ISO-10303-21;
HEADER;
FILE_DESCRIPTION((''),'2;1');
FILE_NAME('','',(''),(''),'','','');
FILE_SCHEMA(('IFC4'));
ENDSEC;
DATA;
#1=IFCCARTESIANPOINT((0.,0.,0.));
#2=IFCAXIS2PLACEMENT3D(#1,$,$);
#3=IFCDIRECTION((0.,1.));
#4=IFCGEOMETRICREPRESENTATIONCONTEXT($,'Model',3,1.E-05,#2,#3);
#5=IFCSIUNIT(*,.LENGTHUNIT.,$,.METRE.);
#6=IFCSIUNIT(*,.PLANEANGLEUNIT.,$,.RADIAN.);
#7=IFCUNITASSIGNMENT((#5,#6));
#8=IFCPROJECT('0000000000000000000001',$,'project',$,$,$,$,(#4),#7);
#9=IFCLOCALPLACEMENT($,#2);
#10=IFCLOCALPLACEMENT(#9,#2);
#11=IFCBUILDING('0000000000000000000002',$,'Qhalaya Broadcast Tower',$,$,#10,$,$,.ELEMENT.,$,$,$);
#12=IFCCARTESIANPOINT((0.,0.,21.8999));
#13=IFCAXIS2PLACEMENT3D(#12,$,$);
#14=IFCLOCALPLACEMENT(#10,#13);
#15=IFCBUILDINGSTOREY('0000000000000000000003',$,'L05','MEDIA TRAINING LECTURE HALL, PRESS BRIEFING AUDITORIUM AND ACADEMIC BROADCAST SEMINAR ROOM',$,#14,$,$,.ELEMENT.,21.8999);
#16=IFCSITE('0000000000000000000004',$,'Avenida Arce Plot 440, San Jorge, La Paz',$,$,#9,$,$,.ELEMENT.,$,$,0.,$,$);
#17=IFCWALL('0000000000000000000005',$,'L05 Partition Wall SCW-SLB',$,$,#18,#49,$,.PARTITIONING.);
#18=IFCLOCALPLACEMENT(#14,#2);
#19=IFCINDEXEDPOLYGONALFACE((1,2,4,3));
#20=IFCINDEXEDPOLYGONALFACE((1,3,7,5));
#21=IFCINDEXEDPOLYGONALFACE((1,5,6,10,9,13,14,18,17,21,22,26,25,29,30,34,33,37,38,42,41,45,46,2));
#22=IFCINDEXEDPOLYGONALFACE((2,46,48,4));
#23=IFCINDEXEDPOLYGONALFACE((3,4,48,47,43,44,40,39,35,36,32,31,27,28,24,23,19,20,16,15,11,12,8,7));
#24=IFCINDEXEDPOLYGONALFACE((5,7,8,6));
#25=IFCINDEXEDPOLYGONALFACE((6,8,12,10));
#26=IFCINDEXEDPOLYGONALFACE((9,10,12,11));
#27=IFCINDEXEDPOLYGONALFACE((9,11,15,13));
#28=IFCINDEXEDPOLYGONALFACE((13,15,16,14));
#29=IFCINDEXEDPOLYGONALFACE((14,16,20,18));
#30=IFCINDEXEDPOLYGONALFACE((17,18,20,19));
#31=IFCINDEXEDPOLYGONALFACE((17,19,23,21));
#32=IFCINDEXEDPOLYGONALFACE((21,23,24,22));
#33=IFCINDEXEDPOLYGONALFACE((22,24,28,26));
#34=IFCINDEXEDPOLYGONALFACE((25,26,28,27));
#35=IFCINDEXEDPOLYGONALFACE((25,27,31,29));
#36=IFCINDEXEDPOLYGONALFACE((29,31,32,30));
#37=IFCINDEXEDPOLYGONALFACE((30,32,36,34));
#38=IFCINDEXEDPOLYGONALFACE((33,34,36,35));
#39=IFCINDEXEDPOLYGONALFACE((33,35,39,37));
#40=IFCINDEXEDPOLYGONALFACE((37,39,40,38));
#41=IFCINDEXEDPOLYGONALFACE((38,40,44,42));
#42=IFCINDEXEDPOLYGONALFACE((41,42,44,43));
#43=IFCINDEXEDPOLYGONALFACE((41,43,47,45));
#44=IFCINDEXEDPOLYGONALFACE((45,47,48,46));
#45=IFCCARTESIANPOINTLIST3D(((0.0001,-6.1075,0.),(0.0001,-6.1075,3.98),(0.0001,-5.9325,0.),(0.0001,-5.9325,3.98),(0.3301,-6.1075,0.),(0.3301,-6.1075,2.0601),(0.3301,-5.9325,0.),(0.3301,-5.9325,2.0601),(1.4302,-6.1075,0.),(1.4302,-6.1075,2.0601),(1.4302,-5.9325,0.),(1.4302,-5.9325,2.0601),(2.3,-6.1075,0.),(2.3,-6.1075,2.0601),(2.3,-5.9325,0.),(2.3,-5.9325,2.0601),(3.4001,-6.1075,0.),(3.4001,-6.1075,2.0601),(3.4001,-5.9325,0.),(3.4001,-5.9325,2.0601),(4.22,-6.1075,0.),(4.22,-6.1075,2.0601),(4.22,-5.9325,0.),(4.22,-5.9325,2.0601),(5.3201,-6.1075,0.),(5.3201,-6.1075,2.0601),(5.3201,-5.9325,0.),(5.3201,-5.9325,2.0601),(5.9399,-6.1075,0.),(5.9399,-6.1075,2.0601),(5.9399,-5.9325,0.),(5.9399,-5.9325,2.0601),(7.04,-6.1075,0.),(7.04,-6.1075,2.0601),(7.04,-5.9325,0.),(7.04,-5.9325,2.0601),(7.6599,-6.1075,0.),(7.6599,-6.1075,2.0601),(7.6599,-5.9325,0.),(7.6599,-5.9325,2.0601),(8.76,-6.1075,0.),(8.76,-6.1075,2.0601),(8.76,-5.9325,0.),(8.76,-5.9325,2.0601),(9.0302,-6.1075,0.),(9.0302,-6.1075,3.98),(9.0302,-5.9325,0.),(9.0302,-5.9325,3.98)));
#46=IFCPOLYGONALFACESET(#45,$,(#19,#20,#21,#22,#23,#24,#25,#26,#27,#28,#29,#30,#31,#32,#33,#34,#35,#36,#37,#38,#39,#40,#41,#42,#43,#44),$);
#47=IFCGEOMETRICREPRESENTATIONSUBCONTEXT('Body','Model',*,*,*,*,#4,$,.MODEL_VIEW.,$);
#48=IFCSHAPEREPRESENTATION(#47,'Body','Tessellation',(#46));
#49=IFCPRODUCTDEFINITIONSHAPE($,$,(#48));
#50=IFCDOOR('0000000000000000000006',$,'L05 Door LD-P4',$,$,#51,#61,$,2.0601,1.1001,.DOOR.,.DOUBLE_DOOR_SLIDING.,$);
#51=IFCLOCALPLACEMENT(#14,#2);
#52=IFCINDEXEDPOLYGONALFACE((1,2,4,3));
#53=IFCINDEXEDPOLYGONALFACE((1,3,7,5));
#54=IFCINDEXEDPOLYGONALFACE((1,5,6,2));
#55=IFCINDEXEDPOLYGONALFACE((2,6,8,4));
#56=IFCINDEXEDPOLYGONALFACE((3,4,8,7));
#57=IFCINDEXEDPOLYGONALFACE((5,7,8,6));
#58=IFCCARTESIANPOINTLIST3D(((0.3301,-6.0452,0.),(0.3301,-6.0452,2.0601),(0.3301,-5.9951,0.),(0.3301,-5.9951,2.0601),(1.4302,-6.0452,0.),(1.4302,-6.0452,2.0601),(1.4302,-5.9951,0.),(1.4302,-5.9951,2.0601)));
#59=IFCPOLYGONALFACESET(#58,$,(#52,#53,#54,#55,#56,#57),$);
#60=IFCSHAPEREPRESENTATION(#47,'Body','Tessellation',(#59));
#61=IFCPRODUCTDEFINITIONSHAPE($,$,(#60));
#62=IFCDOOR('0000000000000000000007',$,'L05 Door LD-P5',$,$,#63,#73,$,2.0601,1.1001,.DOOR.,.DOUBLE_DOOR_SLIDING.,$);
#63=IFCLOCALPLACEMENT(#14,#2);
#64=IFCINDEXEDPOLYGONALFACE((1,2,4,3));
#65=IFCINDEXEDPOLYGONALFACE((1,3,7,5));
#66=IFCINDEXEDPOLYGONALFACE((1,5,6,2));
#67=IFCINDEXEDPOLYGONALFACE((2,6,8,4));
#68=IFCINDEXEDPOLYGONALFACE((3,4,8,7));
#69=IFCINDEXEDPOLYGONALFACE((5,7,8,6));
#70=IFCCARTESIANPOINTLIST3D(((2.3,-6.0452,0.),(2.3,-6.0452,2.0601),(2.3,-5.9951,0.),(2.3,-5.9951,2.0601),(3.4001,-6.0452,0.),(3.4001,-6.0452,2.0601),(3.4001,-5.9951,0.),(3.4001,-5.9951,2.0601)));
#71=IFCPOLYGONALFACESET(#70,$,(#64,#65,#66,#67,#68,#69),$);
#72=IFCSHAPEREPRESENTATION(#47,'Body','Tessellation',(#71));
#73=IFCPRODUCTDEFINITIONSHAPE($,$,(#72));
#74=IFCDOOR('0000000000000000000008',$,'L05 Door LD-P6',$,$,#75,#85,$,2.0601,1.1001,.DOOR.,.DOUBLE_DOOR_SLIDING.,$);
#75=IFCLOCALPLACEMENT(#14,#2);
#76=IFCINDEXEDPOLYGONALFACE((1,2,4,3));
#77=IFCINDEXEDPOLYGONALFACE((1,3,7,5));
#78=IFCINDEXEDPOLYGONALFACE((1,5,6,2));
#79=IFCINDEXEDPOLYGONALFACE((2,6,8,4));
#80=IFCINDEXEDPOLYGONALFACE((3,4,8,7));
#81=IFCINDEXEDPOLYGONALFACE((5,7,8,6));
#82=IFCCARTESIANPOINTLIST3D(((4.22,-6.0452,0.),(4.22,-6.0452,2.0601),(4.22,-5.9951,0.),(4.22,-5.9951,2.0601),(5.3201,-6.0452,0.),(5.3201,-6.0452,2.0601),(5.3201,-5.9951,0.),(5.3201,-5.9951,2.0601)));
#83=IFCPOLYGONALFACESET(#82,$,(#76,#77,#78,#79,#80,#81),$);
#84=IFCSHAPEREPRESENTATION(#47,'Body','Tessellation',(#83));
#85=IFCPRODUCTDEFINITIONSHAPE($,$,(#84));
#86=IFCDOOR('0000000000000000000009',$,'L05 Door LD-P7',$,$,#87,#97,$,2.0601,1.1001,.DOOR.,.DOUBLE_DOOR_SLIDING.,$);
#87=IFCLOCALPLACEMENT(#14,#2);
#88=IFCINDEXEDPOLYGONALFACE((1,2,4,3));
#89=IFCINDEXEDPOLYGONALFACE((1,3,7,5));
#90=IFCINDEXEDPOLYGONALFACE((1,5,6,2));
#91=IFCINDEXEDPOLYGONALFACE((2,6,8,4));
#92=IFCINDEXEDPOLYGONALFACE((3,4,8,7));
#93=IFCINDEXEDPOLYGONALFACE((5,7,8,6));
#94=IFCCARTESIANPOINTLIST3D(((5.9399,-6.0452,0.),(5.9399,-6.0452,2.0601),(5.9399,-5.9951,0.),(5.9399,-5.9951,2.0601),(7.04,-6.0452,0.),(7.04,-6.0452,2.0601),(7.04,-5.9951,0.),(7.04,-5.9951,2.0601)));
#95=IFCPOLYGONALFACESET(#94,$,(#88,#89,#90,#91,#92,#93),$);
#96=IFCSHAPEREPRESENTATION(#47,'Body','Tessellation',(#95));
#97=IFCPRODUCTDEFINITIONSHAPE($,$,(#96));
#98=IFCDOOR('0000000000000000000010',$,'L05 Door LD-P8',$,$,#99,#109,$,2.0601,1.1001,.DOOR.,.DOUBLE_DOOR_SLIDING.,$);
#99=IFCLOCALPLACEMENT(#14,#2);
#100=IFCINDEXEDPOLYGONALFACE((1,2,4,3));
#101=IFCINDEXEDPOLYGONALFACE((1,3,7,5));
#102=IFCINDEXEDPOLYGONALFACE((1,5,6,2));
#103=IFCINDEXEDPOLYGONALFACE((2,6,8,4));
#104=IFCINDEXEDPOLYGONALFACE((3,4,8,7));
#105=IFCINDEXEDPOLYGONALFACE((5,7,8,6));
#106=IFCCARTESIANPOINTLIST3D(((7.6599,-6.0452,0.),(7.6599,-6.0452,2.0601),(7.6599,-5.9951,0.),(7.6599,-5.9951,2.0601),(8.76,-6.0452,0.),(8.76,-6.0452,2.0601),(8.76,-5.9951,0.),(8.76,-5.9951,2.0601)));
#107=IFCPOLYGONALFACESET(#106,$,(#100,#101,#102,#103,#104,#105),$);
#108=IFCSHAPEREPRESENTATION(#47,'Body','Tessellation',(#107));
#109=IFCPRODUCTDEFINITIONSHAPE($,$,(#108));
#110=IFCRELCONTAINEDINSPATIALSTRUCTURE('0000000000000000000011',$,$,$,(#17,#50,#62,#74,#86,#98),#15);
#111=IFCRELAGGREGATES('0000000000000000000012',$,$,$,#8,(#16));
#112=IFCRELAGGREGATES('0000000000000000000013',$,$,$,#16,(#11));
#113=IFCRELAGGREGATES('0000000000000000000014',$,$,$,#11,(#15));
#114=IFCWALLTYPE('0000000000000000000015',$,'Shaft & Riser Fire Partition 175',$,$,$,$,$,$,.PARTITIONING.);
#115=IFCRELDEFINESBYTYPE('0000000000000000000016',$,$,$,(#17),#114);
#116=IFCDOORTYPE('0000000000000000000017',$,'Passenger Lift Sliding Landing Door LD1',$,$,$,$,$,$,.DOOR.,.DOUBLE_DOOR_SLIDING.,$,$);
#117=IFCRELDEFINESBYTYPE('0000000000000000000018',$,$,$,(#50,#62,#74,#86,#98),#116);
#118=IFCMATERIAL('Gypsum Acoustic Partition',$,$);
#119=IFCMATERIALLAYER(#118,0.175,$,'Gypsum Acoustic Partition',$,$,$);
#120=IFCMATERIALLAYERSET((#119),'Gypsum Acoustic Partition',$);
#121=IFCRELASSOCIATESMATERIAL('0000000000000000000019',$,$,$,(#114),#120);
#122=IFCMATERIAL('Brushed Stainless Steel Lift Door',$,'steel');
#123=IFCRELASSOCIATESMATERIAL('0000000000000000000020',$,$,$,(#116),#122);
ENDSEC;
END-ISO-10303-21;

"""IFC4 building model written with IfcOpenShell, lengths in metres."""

from ifc_helpers import new_model, si_unit, direction, frame, frame_2d, origin, place, context, subcontext, project, spatial, rectangle, extrude, material, layer, layer_set, type_object, element, fill, save


model = new_model("IFC4")

# Units and contexts
model_context = context("Model", 3, precision=1e-05, world=origin(), true_north=direction((0.0, 1.0)))
body_context = subcontext(model_context, "Body", "Model", "MODEL_VIEW")
ifc_project = project(units=[si_unit("LENGTHUNIT", "METRE"), si_unit("PLANEANGLEUNIT", "RADIAN")], contexts=[model_context])

# Site, building, storey
site_placement = place(None, origin())
site = spatial("IfcSite", under=ifc_project, at=site_placement, Name="Avenida Arce Plot 440, San Jorge, La Paz", CompositionType="ELEMENT", RefElevation=0.0)
building_placement = place(site_placement, origin())
building = spatial("IfcBuilding", under=site, at=building_placement, Name="Qhalaya Broadcast Tower", CompositionType="ELEMENT")
storey_placement = place(building_placement, frame((0.0, 0.0, 21.8999)))
storey = spatial("IfcBuildingStorey", under=building, at=storey_placement, Name="L05", Description="MEDIA TRAINING LECTURE HALL, PRESS BRIEFING AUDITORIUM AND ACADEMIC BROADCAST SEMINAR ROOM", CompositionType="ELEMENT", Elevation=21.8999)

# Shared definitions
ifc_material_1 = material(Name="Gypsum Acoustic Partition")

# Shared definitions
ifc_material_2 = material(Name="Brushed Stainless Steel Lift Door", Category="steel")

# Shared definitions
ifc_layer_1 = layer(ifc_material_1, 0.175, Name="Gypsum Acoustic Partition")
ifc_layer_set_1 = layer_set([ifc_layer_1], Name="Gypsum Acoustic Partition")
wall_type_1 = type_object("IfcWallType", Name="Shaft & Riser Fire Partition 175", PredefinedType="PARTITIONING", material=ifc_layer_set_1)

# Wall, openings, doors
wall_1_placement = place(storey_placement, frame((0.0, -6.02, 0.0), z_axis=(0.0, 0.0, 1.0), x_axis=(1.0, 0.0, 0.0)))
wall_1 = element("IfcWall", 1, at=wall_1_placement, inside=storey, type_object=wall_type_1, Name="L05 Partition Wall SCW-SLB", PredefinedType="PARTITIONING", context=body_context, shape_type="SweptSolid", body=[
    extrude(rectangle(XDim=9.03, YDim=0.175, at=frame_2d((4.5151, 0.0))), origin(), (0.0, 0.0, 1.0), 3.98),
])
opening_1_placement = place(wall_1_placement, frame((0.3301, 0.0, 0.0)))
opening_1 = element("IfcOpeningElement", 2, at=opening_1_placement, cuts=wall_1, PredefinedType="OPENING", context=body_context, shape_type="SweptSolid", body=[
    extrude(rectangle(XDim=1.1001, YDim=2.0601, at=frame_2d((0.55, 1.03))), frame((0.0, 0.0996, 0.0), z_axis=(0.0, -1.0, 0.0), x_axis=(1.0, 0.0, 0.0)), (0.0, 0.0, 1.0), 0.199),
])
opening_2_placement = place(wall_1_placement, frame((2.3, 0.0, 0.0)))
opening_2 = element("IfcOpeningElement", 3, at=opening_2_placement, cuts=wall_1, PredefinedType="OPENING", context=body_context, shape_type="SweptSolid", body=[
    extrude(rectangle(XDim=1.1001, YDim=2.0601, at=frame_2d((0.55, 1.03))), frame((0.0, 0.0996, 0.0), z_axis=(0.0, -1.0, 0.0), x_axis=(1.0, 0.0, 0.0)), (0.0, 0.0, 1.0), 0.199),
])
opening_3_placement = place(wall_1_placement, frame((4.22, 0.0, 0.0)))
opening_3 = element("IfcOpeningElement", 4, at=opening_3_placement, cuts=wall_1, PredefinedType="OPENING", context=body_context, shape_type="SweptSolid", body=[
    extrude(rectangle(XDim=1.1001, YDim=2.0601, at=frame_2d((0.55, 1.03))), frame((0.0, 0.0996, 0.0), z_axis=(0.0, -1.0, 0.0), x_axis=(1.0, 0.0, 0.0)), (0.0, 0.0, 1.0), 0.199),
])
opening_4_placement = place(wall_1_placement, frame((5.9399, 0.0, 0.0)))
opening_4 = element("IfcOpeningElement", 5, at=opening_4_placement, cuts=wall_1, PredefinedType="OPENING", context=body_context, shape_type="SweptSolid", body=[
    extrude(rectangle(XDim=1.1001, YDim=2.0601, at=frame_2d((0.55, 1.03))), frame((0.0, 0.0996, 0.0), z_axis=(0.0, -1.0, 0.0), x_axis=(1.0, 0.0, 0.0)), (0.0, 0.0, 1.0), 0.199),
])
opening_5_placement = place(wall_1_placement, frame((7.6599, 0.0, 0.0)))
opening_5 = element("IfcOpeningElement", 6, at=opening_5_placement, cuts=wall_1, PredefinedType="OPENING", context=body_context, shape_type="SweptSolid", body=[
    extrude(rectangle(XDim=1.1001, YDim=2.0601, at=frame_2d((0.55, 1.03))), frame((0.0, 0.0996, 0.0), z_axis=(0.0, -1.0, 0.0), x_axis=(1.0, 0.0, 0.0)), (0.0, 0.0, 1.0), 0.199),
])
door_type_1 = type_object("IfcDoorType", Name="Passenger Lift Sliding Landing Door LD1", OperationType="DOUBLE_DOOR_SLIDING", PredefinedType="DOOR", material=ifc_material_2)
door_1_placement = place(opening_1_placement, origin())
door_1 = element("IfcDoor", 7, at=door_1_placement, inside=storey, type_object=door_type_1, Name="L05 Door LD-P4", OperationType="DOUBLE_DOOR_SLIDING", OverallHeight=2.0601, OverallWidth=1.1001, PredefinedType="DOOR", context=body_context, shape_type="SweptSolid", body=[
    extrude(rectangle(XDim=1.1001, YDim=2.0601, at=frame_2d((0.55, 1.03))), frame((0.0, 0.0249, 0.0), z_axis=(0.0, -1.0, 0.0), x_axis=(1.0, 0.0, 0.0)), (0.0, 0.0, 1.0), 0.05),
])
fill(opening_1, door_1)
door_2_placement = place(opening_2_placement, origin())
door_2 = element("IfcDoor", 8, at=door_2_placement, inside=storey, type_object=door_type_1, Name="L05 Door LD-P5", OperationType="DOUBLE_DOOR_SLIDING", OverallHeight=2.0601, OverallWidth=1.1001, PredefinedType="DOOR", context=body_context, shape_type="SweptSolid", body=[
    extrude(rectangle(XDim=1.1001, YDim=2.0601, at=frame_2d((0.55, 1.03))), frame((0.0, 0.0249, 0.0), z_axis=(0.0, -1.0, 0.0), x_axis=(1.0, 0.0, 0.0)), (0.0, 0.0, 1.0), 0.05),
])
fill(opening_2, door_2)
door_3_placement = place(opening_3_placement, origin())
door_3 = element("IfcDoor", 9, at=door_3_placement, inside=storey, type_object=door_type_1, Name="L05 Door LD-P6", OperationType="DOUBLE_DOOR_SLIDING", OverallHeight=2.0601, OverallWidth=1.1001, PredefinedType="DOOR", context=body_context, shape_type="SweptSolid", body=[
    extrude(rectangle(XDim=1.1001, YDim=2.0601, at=frame_2d((0.55, 1.03))), frame((0.0, 0.0249, 0.0), z_axis=(0.0, -1.0, 0.0), x_axis=(1.0, 0.0, 0.0)), (0.0, 0.0, 1.0), 0.05),
])
fill(opening_3, door_3)
door_4_placement = place(opening_4_placement, origin())
door_4 = element("IfcDoor", 10, at=door_4_placement, inside=storey, type_object=door_type_1, Name="L05 Door LD-P7", OperationType="DOUBLE_DOOR_SLIDING", OverallHeight=2.0601, OverallWidth=1.1001, PredefinedType="DOOR", context=body_context, shape_type="SweptSolid", body=[
    extrude(rectangle(XDim=1.1001, YDim=2.0601, at=frame_2d((0.55, 1.03))), frame((0.0, 0.0249, 0.0), z_axis=(0.0, -1.0, 0.0), x_axis=(1.0, 0.0, 0.0)), (0.0, 0.0, 1.0), 0.05),
])
fill(opening_4, door_4)
door_5_placement = place(opening_5_placement, origin())
door_5 = element("IfcDoor", 11, at=door_5_placement, inside=storey, type_object=door_type_1, Name="L05 Door LD-P8", OperationType="DOUBLE_DOOR_SLIDING", OverallHeight=2.0601, OverallWidth=1.1001, PredefinedType="DOOR", context=body_context, shape_type="SweptSolid", body=[
    extrude(rectangle(XDim=1.1001, YDim=2.0601, at=frame_2d((0.55, 1.03))), frame((0.0, 0.0249, 0.0), z_axis=(0.0, -1.0, 0.0), x_axis=(1.0, 0.0, 0.0)), (0.0, 0.0, 1.0), 0.05),
])
fill(opening_5, door_5)

save(model, "model.ifc")
